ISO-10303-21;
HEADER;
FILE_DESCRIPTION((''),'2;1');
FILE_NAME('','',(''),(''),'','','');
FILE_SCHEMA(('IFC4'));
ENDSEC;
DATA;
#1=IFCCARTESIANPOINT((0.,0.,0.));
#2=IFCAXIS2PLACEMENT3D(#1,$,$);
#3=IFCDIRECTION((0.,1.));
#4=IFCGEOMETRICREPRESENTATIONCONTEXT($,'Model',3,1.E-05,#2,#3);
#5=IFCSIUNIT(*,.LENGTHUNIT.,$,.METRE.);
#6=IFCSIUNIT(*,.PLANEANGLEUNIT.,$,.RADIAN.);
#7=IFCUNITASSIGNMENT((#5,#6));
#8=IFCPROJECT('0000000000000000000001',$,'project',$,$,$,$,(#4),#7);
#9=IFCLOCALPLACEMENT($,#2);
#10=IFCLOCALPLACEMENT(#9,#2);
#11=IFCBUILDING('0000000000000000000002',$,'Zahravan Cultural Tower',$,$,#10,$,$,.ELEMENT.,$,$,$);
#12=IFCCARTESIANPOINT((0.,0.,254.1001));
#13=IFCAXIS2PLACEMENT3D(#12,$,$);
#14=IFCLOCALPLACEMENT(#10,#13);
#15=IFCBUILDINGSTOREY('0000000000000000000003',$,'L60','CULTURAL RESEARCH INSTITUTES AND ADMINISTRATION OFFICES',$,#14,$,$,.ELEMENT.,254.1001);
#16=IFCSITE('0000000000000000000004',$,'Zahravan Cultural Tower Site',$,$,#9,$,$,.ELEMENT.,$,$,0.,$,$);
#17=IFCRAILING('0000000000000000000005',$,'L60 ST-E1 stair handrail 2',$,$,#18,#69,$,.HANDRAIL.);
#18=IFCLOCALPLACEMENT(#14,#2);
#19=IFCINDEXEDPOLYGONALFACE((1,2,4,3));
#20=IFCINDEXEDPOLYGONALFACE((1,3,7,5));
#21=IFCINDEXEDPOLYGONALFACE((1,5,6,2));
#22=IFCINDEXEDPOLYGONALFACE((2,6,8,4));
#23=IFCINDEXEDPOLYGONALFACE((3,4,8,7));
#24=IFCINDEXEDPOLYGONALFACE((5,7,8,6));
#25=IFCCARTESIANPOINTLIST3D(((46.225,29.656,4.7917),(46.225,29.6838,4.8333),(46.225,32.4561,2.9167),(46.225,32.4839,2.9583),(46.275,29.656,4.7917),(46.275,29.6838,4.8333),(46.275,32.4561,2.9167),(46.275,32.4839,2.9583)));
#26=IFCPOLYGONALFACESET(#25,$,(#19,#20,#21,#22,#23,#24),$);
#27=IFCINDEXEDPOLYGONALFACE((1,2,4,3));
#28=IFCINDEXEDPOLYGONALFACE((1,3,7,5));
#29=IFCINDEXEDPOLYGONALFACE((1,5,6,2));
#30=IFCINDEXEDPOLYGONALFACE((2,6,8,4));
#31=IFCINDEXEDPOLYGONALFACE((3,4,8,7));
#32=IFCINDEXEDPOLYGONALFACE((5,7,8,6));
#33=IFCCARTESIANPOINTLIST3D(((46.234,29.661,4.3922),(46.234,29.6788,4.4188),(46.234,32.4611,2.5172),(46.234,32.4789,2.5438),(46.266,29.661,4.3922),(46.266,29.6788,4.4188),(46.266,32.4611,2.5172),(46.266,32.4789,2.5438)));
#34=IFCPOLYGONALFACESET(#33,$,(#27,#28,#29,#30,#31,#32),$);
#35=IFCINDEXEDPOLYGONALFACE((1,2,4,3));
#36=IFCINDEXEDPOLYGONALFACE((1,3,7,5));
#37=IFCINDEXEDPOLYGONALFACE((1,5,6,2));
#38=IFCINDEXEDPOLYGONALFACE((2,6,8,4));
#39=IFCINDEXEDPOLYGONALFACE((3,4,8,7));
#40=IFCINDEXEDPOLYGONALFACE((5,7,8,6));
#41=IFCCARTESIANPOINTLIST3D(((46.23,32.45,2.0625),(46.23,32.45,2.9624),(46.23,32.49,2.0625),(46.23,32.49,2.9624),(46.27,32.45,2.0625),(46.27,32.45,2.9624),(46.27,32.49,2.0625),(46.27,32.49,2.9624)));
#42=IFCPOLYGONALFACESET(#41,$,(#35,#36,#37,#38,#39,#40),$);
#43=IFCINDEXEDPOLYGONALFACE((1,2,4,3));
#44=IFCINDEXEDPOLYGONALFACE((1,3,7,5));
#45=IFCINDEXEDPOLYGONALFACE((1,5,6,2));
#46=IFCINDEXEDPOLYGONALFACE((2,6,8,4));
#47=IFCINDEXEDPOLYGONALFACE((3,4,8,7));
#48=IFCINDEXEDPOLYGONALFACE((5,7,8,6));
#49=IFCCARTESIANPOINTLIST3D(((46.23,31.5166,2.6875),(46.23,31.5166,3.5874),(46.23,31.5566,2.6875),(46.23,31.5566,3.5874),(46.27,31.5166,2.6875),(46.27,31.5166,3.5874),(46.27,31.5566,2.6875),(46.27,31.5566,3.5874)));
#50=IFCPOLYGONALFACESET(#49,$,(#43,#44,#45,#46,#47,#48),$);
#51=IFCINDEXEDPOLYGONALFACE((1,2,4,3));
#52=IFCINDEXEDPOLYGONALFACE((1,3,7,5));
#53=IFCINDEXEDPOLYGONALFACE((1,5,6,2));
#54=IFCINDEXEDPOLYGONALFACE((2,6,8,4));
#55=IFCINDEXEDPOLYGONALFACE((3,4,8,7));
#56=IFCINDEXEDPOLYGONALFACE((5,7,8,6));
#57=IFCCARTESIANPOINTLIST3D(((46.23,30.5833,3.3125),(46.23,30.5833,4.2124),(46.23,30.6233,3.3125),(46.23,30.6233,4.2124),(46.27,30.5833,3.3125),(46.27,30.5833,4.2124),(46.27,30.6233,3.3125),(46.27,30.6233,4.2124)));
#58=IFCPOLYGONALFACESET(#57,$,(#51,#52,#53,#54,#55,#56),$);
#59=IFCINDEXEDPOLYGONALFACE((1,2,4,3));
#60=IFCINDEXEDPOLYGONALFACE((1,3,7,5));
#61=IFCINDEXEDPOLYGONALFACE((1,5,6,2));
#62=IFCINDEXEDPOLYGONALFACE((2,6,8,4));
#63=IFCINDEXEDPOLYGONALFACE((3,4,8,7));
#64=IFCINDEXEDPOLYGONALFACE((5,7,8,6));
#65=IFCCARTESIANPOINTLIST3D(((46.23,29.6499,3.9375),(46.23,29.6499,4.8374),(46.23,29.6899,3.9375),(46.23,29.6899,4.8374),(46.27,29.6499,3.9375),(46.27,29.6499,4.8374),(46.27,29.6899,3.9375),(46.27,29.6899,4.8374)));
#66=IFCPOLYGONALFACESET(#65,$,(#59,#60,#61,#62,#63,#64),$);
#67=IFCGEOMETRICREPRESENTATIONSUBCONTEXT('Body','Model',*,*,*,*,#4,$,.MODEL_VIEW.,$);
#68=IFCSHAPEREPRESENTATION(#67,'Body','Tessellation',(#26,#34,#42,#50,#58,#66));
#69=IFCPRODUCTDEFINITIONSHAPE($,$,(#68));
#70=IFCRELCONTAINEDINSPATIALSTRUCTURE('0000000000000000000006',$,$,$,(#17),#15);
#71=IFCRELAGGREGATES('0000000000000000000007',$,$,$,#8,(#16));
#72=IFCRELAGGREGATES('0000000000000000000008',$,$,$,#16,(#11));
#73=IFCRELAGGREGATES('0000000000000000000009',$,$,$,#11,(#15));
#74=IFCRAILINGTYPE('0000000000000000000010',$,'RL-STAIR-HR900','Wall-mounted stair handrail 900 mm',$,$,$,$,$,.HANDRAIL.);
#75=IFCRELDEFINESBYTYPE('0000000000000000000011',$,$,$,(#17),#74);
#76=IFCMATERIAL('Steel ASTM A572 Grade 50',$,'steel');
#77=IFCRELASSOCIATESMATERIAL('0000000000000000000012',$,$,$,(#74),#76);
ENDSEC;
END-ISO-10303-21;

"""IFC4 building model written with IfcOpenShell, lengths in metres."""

from ifc_helpers import new_model, si_unit, direction, frame, origin, origin_2d, place, context, subcontext, project, spatial, rectangle, extrude, material, type_object, element, save


model = new_model("IFC4")

# Units and contexts
model_context = context("Model", 3, precision=1e-05, world=origin(), true_north=direction((0.0, 1.0)))
body_context = subcontext(model_context, "Body", "Model", "MODEL_VIEW")
ifc_project = project(units=[si_unit("LENGTHUNIT", "METRE"), si_unit("PLANEANGLEUNIT", "RADIAN")], contexts=[model_context])

# Site, building, storey
site_placement = place(None, origin())
site = spatial("IfcSite", under=ifc_project, at=site_placement, Name="Zahravan Cultural Tower Site", CompositionType="ELEMENT", RefElevation=0.0)
building_placement = place(site_placement, origin())
building = spatial("IfcBuilding", under=site, at=building_placement, Name="Zahravan Cultural Tower", CompositionType="ELEMENT")
storey_placement = place(building_placement, frame((0.0, 0.0, 254.1001)))
storey = spatial("IfcBuildingStorey", under=building, at=storey_placement, Name="L60", Description="CULTURAL RESEARCH INSTITUTES AND ADMINISTRATION OFFICES", CompositionType="ELEMENT", Elevation=254.1001)

# Shared definitions
ifc_material_1 = material(Name="Steel ASTM A572 Grade 50", Category="steel")

# Railing
railing_type_1 = type_object("IfcRailingType", Name="RL-STAIR-HR900", Description="Wall-mounted stair handrail 900 mm", PredefinedType="HANDRAIL", material=ifc_material_1)
railing_1_placement = place(storey_placement, frame((46.25, 32.47, 2.0625)))
element("IfcRailing", 1, at=railing_1_placement, inside=storey, type_object=railing_type_1, Name="L60 ST-E1 stair handrail 2", PredefinedType="HANDRAIL", context=body_context, shape_type="SweptSolid", body=[
    extrude(rectangle(XDim=0.05, YDim=0.05, at=origin_2d()), frame((0.0, 0.0, 0.875), z_axis=(0.0, -0.830912, 0.556404), x_axis=(1.0, 0.0, 0.0)), (0.0, 0.0, 1.0), 3.3699),
    extrude(rectangle(XDim=0.032, YDim=0.032, at=origin_2d()), frame((0.0, 0.0, 0.468), z_axis=(0.0, -0.830912, 0.556404), x_axis=(1.0, 0.0, 0.0)), (0.0, 0.0, 1.0), 3.3699),
    extrude(rectangle(XDim=0.04, YDim=0.04, at=origin_2d()), origin(), (0.0, 0.0, 1.0), 0.8999),
    extrude(rectangle(XDim=0.04, YDim=0.04, at=origin_2d()), frame((0.0, -0.9333, 0.625)), (0.0, 0.0, 1.0), 0.8999),
    extrude(rectangle(XDim=0.04, YDim=0.04, at=origin_2d()), frame((0.0, -1.8667, 1.25)), (0.0, 0.0, 1.0), 0.8999),
    extrude(rectangle(XDim=0.04, YDim=0.04, at=origin_2d()), frame((0.0, -2.8, 1.875)), (0.0, 0.0, 1.0), 0.8999),
])

save(model, "model.ifc")
